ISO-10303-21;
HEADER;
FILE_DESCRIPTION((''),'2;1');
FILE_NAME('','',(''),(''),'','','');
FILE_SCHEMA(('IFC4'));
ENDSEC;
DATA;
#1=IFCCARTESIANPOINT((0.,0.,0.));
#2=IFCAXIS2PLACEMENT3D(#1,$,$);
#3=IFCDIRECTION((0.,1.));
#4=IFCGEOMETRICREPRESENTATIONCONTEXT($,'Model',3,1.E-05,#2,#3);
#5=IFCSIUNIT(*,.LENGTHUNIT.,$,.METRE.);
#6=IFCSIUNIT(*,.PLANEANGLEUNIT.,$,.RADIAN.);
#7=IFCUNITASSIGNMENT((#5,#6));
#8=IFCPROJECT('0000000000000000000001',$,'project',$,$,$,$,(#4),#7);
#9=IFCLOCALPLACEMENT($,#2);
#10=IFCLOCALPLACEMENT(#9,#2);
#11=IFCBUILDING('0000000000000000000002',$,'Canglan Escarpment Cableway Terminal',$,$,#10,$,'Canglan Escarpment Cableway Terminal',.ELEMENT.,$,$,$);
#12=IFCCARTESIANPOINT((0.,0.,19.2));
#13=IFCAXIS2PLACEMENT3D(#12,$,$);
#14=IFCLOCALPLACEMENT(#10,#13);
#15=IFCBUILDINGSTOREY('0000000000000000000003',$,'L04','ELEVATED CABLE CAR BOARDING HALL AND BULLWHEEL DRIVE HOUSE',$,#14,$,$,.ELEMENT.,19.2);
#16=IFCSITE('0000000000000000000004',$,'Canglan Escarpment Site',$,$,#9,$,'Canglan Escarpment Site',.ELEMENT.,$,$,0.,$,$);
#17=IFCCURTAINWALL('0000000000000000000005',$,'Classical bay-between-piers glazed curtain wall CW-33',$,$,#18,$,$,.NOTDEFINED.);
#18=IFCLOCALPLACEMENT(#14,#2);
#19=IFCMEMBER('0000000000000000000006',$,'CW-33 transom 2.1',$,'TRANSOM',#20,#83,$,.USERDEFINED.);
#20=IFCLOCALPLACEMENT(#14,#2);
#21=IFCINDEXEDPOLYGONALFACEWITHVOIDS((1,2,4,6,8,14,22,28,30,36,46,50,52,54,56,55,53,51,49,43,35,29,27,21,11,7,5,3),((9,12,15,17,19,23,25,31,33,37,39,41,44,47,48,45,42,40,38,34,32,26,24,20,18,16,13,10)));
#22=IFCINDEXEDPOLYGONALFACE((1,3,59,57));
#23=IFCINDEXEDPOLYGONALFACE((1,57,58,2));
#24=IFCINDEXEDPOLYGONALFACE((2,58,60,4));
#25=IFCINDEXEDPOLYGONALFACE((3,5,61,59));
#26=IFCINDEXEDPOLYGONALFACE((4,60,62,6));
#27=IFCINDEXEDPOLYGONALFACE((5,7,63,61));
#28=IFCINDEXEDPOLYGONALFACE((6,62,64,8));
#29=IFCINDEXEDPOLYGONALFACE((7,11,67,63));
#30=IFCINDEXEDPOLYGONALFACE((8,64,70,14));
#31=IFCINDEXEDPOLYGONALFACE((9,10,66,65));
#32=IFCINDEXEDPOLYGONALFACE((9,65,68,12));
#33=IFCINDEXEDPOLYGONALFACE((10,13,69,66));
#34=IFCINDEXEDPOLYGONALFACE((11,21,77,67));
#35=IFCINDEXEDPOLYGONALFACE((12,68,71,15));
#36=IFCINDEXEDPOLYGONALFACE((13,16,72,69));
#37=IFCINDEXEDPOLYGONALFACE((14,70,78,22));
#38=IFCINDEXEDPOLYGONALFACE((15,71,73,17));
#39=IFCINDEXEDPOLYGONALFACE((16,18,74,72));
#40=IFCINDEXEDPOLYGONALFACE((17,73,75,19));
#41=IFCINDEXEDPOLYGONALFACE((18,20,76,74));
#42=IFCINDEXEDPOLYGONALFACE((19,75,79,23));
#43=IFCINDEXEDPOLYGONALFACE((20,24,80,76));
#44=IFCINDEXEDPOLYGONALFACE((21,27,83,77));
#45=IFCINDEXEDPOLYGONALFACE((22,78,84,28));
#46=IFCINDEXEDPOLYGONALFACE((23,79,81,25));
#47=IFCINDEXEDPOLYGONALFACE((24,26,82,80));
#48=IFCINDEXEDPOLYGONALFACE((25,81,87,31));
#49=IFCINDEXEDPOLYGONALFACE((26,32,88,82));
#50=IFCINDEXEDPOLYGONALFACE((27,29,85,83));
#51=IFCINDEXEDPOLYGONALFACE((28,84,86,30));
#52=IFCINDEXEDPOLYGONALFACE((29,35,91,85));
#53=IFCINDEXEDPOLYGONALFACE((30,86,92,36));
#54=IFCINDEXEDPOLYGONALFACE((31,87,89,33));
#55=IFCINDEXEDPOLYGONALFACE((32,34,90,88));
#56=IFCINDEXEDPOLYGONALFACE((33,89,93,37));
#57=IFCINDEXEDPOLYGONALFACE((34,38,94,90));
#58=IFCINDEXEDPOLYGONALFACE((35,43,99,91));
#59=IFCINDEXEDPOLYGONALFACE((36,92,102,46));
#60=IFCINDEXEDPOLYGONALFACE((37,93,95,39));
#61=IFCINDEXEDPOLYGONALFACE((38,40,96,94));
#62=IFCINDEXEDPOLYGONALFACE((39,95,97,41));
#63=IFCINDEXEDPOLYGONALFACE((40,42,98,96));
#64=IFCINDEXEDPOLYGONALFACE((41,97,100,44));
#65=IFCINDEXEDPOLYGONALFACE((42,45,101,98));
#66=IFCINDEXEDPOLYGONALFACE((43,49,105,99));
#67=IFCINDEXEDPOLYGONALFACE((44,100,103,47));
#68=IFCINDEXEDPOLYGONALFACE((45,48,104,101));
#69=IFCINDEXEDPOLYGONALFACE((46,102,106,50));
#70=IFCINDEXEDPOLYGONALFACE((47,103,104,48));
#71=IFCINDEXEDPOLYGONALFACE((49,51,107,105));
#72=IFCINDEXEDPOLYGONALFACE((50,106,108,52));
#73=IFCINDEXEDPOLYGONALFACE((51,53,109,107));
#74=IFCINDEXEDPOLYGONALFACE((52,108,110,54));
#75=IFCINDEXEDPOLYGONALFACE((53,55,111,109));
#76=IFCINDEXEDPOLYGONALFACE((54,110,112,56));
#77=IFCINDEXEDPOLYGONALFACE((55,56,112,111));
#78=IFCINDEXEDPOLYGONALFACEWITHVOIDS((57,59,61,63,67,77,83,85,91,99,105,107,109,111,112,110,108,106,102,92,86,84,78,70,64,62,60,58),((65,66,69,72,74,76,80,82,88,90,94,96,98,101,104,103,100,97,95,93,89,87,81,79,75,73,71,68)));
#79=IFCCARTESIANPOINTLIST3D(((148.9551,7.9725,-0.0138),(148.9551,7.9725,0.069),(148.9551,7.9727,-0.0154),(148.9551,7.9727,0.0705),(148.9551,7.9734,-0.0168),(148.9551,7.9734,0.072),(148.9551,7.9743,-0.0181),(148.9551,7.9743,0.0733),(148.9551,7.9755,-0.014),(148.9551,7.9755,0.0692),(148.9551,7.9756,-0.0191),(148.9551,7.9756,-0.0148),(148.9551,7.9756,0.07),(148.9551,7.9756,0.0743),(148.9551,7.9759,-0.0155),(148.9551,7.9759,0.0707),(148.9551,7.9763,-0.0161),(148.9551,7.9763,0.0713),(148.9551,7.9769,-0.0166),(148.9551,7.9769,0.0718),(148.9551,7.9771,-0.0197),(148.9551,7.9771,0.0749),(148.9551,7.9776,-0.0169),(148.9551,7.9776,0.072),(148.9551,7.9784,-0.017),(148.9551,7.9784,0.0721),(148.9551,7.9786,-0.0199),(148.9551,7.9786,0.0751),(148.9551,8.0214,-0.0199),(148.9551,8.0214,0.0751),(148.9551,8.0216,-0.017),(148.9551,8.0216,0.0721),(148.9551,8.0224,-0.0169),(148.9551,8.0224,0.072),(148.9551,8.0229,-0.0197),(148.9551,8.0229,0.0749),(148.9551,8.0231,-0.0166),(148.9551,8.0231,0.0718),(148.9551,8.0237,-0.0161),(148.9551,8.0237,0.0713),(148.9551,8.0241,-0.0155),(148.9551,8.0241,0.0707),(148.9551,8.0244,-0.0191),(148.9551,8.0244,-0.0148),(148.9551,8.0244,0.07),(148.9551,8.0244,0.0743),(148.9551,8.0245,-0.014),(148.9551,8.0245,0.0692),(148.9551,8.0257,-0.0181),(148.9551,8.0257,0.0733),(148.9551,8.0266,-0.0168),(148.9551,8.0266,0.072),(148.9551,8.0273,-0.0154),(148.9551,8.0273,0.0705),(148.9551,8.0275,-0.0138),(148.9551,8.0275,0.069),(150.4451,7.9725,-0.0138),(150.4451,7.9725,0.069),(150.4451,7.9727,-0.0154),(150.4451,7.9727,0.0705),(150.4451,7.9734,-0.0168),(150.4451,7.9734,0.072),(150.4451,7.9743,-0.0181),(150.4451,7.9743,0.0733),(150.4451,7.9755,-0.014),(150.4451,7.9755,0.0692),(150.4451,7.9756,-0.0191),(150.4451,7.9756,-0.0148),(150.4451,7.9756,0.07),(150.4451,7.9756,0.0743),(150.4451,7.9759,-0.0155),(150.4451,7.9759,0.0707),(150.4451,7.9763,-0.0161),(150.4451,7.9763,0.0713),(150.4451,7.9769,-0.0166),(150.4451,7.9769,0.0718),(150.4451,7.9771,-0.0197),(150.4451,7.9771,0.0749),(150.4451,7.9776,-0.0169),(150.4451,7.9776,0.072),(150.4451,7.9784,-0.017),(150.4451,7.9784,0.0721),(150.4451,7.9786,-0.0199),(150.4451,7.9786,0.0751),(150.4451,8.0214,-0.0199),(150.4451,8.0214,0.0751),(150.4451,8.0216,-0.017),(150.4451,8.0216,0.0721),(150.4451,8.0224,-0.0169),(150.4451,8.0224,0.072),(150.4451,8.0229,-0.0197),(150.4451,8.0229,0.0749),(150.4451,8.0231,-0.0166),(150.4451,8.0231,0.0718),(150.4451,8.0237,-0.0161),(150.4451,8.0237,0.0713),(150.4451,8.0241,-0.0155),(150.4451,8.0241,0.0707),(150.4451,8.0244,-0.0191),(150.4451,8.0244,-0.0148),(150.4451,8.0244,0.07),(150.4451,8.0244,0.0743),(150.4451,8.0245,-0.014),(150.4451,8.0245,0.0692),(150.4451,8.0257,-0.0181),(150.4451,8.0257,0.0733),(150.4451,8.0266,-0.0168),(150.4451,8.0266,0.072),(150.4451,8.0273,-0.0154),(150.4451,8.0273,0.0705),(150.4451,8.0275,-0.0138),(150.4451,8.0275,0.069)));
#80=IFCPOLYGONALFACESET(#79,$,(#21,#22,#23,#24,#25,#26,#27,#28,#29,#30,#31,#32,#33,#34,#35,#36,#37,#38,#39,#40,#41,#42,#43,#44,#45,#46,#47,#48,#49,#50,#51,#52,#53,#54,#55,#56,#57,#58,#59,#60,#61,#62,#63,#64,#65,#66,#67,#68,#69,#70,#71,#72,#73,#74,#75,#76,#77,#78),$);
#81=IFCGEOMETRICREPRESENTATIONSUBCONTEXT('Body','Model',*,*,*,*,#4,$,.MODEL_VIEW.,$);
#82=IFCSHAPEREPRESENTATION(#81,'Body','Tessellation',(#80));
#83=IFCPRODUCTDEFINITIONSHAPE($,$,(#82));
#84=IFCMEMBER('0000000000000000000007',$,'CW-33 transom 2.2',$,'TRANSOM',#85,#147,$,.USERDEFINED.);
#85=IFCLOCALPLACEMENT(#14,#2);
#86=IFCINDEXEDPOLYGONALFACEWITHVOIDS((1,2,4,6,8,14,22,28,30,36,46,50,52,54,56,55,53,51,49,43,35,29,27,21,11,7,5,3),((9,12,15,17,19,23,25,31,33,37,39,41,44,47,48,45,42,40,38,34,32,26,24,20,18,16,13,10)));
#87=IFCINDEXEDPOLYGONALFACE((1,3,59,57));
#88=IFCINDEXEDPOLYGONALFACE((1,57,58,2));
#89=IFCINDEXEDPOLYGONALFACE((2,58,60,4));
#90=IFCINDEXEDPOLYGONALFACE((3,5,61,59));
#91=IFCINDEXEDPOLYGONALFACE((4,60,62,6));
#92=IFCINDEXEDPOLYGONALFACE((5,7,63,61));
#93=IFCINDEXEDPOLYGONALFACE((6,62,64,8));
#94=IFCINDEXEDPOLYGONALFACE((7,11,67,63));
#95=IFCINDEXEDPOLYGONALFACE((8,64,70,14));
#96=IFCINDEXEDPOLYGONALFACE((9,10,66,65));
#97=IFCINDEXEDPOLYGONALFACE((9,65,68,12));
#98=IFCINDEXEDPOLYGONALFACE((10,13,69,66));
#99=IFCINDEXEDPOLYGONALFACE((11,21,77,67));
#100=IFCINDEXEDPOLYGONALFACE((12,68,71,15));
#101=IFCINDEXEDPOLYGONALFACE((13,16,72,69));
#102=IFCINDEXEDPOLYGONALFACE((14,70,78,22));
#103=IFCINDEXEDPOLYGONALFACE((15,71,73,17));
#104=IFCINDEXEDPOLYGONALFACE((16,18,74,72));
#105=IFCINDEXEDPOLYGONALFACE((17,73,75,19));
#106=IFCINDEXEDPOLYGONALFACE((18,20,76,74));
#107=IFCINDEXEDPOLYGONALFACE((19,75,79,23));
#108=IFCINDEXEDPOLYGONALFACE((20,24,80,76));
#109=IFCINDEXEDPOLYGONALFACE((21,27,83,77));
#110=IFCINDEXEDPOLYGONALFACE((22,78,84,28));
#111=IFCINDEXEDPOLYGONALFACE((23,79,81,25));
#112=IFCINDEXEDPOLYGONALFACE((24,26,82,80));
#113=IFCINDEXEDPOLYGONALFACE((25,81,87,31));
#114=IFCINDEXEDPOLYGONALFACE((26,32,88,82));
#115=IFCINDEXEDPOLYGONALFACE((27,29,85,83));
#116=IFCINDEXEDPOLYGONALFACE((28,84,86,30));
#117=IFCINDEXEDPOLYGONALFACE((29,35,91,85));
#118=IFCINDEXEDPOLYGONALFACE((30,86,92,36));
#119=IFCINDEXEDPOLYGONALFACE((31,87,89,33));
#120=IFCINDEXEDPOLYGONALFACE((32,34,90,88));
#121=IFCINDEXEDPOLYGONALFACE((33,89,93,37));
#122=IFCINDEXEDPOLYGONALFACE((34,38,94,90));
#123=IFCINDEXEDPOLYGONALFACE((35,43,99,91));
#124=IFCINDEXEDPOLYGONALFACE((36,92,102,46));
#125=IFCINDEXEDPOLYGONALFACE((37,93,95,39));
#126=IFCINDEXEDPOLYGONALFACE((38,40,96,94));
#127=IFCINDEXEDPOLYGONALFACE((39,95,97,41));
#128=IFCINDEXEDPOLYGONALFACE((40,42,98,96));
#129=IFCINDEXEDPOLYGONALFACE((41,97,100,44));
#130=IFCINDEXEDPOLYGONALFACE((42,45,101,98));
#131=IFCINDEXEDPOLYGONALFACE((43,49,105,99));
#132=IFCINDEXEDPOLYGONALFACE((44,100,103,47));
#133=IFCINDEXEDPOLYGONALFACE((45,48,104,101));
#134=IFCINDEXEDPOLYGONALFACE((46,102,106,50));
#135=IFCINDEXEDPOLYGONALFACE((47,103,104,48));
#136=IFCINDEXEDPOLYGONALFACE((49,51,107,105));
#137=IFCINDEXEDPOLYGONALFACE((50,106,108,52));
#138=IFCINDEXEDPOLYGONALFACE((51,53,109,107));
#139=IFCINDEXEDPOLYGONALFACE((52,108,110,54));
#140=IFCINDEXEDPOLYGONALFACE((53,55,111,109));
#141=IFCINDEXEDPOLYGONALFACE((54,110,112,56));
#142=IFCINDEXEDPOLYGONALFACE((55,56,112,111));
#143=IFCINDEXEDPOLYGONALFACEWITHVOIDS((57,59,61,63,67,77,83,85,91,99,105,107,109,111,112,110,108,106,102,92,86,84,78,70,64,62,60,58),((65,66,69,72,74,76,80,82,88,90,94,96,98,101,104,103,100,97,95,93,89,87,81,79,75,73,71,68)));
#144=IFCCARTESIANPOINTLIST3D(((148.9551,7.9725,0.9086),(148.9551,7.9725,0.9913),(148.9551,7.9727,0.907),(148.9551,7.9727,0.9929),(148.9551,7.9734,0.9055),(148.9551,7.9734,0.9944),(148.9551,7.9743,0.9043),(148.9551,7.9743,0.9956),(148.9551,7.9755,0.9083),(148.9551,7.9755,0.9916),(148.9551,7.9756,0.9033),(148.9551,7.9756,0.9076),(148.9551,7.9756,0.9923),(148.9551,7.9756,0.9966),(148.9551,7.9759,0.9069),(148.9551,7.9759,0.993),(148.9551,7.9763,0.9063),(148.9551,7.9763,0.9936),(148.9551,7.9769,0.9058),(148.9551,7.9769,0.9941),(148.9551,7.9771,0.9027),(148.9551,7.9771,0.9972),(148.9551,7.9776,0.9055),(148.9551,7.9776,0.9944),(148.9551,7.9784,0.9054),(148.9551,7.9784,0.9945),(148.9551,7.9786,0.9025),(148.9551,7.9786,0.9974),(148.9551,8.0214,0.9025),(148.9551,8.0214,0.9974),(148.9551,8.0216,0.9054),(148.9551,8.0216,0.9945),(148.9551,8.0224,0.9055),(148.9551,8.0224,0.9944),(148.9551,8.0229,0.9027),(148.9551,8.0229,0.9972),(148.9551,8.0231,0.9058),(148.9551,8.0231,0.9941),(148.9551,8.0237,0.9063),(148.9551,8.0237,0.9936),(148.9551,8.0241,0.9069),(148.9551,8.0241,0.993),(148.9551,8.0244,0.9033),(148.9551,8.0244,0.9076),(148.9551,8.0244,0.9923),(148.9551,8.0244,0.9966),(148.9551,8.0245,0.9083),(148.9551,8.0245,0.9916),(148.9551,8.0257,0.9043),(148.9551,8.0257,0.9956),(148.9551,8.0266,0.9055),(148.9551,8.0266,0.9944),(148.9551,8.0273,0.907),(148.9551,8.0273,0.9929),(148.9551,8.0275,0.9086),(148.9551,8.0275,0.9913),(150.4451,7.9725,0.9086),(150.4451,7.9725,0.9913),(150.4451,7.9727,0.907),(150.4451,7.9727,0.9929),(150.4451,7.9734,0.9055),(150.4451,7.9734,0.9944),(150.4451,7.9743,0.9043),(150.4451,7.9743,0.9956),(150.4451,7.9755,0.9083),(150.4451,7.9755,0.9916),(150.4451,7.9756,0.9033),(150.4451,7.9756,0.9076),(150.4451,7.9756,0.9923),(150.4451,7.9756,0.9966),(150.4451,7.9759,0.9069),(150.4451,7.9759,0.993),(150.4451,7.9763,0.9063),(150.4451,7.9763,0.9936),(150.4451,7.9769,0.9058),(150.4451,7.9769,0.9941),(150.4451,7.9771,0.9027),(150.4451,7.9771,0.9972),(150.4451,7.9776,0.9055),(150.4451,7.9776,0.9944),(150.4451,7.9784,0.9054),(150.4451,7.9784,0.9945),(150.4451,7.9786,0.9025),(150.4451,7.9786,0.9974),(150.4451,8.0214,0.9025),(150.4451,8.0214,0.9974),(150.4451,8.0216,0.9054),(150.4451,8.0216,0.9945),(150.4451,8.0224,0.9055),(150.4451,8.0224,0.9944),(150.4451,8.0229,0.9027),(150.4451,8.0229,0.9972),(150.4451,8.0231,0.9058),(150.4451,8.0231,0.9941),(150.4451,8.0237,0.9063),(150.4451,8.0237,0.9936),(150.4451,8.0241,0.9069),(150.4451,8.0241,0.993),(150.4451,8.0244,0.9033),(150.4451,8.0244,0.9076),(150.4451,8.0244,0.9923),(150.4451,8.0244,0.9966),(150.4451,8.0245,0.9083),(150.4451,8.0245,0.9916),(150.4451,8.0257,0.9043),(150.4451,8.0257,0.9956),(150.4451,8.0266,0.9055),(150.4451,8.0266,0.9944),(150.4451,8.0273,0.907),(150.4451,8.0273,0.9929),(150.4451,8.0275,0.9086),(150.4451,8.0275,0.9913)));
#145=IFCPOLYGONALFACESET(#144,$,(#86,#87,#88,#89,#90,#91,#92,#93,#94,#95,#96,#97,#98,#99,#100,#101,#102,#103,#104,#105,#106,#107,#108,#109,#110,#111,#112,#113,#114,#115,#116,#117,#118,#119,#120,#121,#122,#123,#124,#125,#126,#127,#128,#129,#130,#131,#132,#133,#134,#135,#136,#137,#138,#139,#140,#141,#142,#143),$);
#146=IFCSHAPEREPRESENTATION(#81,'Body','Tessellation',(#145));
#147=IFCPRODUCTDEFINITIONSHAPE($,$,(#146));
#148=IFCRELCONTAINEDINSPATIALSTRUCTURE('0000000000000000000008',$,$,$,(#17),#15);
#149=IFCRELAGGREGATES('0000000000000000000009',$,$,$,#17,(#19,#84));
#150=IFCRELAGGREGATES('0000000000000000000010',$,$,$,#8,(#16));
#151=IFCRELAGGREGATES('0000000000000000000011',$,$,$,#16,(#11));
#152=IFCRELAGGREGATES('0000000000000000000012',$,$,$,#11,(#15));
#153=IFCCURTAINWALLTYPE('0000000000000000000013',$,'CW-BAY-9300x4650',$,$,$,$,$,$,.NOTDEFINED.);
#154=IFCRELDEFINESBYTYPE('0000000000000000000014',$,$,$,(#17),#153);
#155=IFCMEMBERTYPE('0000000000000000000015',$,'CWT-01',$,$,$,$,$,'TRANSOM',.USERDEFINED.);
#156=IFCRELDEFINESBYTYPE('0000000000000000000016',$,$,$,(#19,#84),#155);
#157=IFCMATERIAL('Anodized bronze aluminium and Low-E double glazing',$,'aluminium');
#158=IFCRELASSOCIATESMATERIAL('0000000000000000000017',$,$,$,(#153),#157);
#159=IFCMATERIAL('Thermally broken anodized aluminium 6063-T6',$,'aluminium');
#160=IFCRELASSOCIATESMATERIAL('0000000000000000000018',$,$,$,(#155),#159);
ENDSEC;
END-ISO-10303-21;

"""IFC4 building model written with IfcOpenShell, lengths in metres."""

from ifc_helpers import new_model, si_unit, direction, frame, origin, origin_2d, place, context, subcontext, project, spatial, hollow_rectangle, extrude, material, material_profile, profile_set, type_object, element, aggregate, save


model = new_model("IFC4")

# Units and contexts
model_context = context("Model", 3, precision=1e-05, world=origin(), true_north=direction((0.0, 1.0)))
body_context = subcontext(model_context, "Body", "Model", "MODEL_VIEW")
ifc_project = project(units=[si_unit("LENGTHUNIT", "METRE"), si_unit("PLANEANGLEUNIT", "RADIAN")], contexts=[model_context])

# Site, building, storey
site_placement = place(None, origin())
site = spatial("IfcSite", under=ifc_project, at=site_placement, Name="Canglan Escarpment Site", LongName="Canglan Escarpment Site", CompositionType="ELEMENT", RefElevation=0.0)
building_placement = place(site_placement, origin())
building = spatial("IfcBuilding", under=site, at=building_placement, Name="Canglan Escarpment Cableway Terminal", LongName="Canglan Escarpment Cableway Terminal", CompositionType="ELEMENT")
storey_placement = place(building_placement, frame((0.0, 0.0, 19.2)))
storey = spatial("IfcBuildingStorey", under=building, at=storey_placement, Name="L04", Description="ELEVATED CABLE CAR BOARDING HALL AND BULLWHEEL DRIVE HOUSE", CompositionType="ELEMENT", Elevation=19.2)

# Curtain wall, members
ifc_material_1 = material(Name="Anodized bronze aluminium and Low-E double glazing", Category="aluminium")
curtain_wall_type = type_object("IfcCurtainWallType", Name="CW-BAY-9300x4650", PredefinedType="NOTDEFINED", material=ifc_material_1)
curtain_wall_placement = place(storey_placement, origin())
curtain_wall = element("IfcCurtainWall", 1, at=curtain_wall_placement, inside=storey, type_object=curtain_wall_type, Name="Classical bay-between-piers glazed curtain wall CW-33", PredefinedType="NOTDEFINED")
ifc_material_2 = material(Name="Thermally broken anodized aluminium 6063-T6", Category="aluminium")
ifc_material_profile_1 = material_profile(ifc_material_2, hollow_rectangle(XDim=0.0549, YDim=0.095, WallThickness=0.0029, InnerFilletRadius=0.0029, OuterFilletRadius=0.0061, at=origin_2d()), Name="ALU-TRAN 55x95x3")
ifc_profile_set_1 = profile_set([ifc_material_profile_1], Name="Thermally broken anodized aluminium 6063-T6")
member_type_1 = type_object("IfcMemberType", Name="CWT-01", ElementType="TRANSOM", PredefinedType="USERDEFINED", material=ifc_profile_set_1)
member_1_placement = place(storey_placement, frame((148.9551, 8.0, 0.0276), z_axis=(1.0, 0.0, 0.0), x_axis=(0.0, 1.0, 0.0)))
member_1 = element("IfcMember", 2, at=member_1_placement, type_object=member_type_1, Name="CW-33 transom 2.1", ObjectType="TRANSOM", PredefinedType="USERDEFINED", context=body_context, shape_type="SweptSolid", body=[
    extrude(hollow_rectangle(XDim=0.0549, YDim=0.095, WallThickness=0.0029, InnerFilletRadius=0.0029, OuterFilletRadius=0.0061, at=origin_2d()), origin(), (0.0, 0.0, 1.0), 1.49),
])
member_2_placement = place(storey_placement, frame((148.9551, 8.0, 0.95), z_axis=(1.0, 0.0, 0.0), x_axis=(0.0, 1.0, 0.0)))
member_2 = element("IfcMember", 3, at=member_2_placement, type_object=member_type_1, Name="CW-33 transom 2.2", ObjectType="TRANSOM", PredefinedType="USERDEFINED", context=body_context, shape_type="SweptSolid", body=[
    extrude(hollow_rectangle(XDim=0.0549, YDim=0.095, WallThickness=0.0029, InnerFilletRadius=0.0029, OuterFilletRadius=0.0061, at=origin_2d()), origin(), (0.0, 0.0, 1.0), 1.49),
])
aggregate(curtain_wall, [member_1, member_2])

save(model, "model.ifc")
